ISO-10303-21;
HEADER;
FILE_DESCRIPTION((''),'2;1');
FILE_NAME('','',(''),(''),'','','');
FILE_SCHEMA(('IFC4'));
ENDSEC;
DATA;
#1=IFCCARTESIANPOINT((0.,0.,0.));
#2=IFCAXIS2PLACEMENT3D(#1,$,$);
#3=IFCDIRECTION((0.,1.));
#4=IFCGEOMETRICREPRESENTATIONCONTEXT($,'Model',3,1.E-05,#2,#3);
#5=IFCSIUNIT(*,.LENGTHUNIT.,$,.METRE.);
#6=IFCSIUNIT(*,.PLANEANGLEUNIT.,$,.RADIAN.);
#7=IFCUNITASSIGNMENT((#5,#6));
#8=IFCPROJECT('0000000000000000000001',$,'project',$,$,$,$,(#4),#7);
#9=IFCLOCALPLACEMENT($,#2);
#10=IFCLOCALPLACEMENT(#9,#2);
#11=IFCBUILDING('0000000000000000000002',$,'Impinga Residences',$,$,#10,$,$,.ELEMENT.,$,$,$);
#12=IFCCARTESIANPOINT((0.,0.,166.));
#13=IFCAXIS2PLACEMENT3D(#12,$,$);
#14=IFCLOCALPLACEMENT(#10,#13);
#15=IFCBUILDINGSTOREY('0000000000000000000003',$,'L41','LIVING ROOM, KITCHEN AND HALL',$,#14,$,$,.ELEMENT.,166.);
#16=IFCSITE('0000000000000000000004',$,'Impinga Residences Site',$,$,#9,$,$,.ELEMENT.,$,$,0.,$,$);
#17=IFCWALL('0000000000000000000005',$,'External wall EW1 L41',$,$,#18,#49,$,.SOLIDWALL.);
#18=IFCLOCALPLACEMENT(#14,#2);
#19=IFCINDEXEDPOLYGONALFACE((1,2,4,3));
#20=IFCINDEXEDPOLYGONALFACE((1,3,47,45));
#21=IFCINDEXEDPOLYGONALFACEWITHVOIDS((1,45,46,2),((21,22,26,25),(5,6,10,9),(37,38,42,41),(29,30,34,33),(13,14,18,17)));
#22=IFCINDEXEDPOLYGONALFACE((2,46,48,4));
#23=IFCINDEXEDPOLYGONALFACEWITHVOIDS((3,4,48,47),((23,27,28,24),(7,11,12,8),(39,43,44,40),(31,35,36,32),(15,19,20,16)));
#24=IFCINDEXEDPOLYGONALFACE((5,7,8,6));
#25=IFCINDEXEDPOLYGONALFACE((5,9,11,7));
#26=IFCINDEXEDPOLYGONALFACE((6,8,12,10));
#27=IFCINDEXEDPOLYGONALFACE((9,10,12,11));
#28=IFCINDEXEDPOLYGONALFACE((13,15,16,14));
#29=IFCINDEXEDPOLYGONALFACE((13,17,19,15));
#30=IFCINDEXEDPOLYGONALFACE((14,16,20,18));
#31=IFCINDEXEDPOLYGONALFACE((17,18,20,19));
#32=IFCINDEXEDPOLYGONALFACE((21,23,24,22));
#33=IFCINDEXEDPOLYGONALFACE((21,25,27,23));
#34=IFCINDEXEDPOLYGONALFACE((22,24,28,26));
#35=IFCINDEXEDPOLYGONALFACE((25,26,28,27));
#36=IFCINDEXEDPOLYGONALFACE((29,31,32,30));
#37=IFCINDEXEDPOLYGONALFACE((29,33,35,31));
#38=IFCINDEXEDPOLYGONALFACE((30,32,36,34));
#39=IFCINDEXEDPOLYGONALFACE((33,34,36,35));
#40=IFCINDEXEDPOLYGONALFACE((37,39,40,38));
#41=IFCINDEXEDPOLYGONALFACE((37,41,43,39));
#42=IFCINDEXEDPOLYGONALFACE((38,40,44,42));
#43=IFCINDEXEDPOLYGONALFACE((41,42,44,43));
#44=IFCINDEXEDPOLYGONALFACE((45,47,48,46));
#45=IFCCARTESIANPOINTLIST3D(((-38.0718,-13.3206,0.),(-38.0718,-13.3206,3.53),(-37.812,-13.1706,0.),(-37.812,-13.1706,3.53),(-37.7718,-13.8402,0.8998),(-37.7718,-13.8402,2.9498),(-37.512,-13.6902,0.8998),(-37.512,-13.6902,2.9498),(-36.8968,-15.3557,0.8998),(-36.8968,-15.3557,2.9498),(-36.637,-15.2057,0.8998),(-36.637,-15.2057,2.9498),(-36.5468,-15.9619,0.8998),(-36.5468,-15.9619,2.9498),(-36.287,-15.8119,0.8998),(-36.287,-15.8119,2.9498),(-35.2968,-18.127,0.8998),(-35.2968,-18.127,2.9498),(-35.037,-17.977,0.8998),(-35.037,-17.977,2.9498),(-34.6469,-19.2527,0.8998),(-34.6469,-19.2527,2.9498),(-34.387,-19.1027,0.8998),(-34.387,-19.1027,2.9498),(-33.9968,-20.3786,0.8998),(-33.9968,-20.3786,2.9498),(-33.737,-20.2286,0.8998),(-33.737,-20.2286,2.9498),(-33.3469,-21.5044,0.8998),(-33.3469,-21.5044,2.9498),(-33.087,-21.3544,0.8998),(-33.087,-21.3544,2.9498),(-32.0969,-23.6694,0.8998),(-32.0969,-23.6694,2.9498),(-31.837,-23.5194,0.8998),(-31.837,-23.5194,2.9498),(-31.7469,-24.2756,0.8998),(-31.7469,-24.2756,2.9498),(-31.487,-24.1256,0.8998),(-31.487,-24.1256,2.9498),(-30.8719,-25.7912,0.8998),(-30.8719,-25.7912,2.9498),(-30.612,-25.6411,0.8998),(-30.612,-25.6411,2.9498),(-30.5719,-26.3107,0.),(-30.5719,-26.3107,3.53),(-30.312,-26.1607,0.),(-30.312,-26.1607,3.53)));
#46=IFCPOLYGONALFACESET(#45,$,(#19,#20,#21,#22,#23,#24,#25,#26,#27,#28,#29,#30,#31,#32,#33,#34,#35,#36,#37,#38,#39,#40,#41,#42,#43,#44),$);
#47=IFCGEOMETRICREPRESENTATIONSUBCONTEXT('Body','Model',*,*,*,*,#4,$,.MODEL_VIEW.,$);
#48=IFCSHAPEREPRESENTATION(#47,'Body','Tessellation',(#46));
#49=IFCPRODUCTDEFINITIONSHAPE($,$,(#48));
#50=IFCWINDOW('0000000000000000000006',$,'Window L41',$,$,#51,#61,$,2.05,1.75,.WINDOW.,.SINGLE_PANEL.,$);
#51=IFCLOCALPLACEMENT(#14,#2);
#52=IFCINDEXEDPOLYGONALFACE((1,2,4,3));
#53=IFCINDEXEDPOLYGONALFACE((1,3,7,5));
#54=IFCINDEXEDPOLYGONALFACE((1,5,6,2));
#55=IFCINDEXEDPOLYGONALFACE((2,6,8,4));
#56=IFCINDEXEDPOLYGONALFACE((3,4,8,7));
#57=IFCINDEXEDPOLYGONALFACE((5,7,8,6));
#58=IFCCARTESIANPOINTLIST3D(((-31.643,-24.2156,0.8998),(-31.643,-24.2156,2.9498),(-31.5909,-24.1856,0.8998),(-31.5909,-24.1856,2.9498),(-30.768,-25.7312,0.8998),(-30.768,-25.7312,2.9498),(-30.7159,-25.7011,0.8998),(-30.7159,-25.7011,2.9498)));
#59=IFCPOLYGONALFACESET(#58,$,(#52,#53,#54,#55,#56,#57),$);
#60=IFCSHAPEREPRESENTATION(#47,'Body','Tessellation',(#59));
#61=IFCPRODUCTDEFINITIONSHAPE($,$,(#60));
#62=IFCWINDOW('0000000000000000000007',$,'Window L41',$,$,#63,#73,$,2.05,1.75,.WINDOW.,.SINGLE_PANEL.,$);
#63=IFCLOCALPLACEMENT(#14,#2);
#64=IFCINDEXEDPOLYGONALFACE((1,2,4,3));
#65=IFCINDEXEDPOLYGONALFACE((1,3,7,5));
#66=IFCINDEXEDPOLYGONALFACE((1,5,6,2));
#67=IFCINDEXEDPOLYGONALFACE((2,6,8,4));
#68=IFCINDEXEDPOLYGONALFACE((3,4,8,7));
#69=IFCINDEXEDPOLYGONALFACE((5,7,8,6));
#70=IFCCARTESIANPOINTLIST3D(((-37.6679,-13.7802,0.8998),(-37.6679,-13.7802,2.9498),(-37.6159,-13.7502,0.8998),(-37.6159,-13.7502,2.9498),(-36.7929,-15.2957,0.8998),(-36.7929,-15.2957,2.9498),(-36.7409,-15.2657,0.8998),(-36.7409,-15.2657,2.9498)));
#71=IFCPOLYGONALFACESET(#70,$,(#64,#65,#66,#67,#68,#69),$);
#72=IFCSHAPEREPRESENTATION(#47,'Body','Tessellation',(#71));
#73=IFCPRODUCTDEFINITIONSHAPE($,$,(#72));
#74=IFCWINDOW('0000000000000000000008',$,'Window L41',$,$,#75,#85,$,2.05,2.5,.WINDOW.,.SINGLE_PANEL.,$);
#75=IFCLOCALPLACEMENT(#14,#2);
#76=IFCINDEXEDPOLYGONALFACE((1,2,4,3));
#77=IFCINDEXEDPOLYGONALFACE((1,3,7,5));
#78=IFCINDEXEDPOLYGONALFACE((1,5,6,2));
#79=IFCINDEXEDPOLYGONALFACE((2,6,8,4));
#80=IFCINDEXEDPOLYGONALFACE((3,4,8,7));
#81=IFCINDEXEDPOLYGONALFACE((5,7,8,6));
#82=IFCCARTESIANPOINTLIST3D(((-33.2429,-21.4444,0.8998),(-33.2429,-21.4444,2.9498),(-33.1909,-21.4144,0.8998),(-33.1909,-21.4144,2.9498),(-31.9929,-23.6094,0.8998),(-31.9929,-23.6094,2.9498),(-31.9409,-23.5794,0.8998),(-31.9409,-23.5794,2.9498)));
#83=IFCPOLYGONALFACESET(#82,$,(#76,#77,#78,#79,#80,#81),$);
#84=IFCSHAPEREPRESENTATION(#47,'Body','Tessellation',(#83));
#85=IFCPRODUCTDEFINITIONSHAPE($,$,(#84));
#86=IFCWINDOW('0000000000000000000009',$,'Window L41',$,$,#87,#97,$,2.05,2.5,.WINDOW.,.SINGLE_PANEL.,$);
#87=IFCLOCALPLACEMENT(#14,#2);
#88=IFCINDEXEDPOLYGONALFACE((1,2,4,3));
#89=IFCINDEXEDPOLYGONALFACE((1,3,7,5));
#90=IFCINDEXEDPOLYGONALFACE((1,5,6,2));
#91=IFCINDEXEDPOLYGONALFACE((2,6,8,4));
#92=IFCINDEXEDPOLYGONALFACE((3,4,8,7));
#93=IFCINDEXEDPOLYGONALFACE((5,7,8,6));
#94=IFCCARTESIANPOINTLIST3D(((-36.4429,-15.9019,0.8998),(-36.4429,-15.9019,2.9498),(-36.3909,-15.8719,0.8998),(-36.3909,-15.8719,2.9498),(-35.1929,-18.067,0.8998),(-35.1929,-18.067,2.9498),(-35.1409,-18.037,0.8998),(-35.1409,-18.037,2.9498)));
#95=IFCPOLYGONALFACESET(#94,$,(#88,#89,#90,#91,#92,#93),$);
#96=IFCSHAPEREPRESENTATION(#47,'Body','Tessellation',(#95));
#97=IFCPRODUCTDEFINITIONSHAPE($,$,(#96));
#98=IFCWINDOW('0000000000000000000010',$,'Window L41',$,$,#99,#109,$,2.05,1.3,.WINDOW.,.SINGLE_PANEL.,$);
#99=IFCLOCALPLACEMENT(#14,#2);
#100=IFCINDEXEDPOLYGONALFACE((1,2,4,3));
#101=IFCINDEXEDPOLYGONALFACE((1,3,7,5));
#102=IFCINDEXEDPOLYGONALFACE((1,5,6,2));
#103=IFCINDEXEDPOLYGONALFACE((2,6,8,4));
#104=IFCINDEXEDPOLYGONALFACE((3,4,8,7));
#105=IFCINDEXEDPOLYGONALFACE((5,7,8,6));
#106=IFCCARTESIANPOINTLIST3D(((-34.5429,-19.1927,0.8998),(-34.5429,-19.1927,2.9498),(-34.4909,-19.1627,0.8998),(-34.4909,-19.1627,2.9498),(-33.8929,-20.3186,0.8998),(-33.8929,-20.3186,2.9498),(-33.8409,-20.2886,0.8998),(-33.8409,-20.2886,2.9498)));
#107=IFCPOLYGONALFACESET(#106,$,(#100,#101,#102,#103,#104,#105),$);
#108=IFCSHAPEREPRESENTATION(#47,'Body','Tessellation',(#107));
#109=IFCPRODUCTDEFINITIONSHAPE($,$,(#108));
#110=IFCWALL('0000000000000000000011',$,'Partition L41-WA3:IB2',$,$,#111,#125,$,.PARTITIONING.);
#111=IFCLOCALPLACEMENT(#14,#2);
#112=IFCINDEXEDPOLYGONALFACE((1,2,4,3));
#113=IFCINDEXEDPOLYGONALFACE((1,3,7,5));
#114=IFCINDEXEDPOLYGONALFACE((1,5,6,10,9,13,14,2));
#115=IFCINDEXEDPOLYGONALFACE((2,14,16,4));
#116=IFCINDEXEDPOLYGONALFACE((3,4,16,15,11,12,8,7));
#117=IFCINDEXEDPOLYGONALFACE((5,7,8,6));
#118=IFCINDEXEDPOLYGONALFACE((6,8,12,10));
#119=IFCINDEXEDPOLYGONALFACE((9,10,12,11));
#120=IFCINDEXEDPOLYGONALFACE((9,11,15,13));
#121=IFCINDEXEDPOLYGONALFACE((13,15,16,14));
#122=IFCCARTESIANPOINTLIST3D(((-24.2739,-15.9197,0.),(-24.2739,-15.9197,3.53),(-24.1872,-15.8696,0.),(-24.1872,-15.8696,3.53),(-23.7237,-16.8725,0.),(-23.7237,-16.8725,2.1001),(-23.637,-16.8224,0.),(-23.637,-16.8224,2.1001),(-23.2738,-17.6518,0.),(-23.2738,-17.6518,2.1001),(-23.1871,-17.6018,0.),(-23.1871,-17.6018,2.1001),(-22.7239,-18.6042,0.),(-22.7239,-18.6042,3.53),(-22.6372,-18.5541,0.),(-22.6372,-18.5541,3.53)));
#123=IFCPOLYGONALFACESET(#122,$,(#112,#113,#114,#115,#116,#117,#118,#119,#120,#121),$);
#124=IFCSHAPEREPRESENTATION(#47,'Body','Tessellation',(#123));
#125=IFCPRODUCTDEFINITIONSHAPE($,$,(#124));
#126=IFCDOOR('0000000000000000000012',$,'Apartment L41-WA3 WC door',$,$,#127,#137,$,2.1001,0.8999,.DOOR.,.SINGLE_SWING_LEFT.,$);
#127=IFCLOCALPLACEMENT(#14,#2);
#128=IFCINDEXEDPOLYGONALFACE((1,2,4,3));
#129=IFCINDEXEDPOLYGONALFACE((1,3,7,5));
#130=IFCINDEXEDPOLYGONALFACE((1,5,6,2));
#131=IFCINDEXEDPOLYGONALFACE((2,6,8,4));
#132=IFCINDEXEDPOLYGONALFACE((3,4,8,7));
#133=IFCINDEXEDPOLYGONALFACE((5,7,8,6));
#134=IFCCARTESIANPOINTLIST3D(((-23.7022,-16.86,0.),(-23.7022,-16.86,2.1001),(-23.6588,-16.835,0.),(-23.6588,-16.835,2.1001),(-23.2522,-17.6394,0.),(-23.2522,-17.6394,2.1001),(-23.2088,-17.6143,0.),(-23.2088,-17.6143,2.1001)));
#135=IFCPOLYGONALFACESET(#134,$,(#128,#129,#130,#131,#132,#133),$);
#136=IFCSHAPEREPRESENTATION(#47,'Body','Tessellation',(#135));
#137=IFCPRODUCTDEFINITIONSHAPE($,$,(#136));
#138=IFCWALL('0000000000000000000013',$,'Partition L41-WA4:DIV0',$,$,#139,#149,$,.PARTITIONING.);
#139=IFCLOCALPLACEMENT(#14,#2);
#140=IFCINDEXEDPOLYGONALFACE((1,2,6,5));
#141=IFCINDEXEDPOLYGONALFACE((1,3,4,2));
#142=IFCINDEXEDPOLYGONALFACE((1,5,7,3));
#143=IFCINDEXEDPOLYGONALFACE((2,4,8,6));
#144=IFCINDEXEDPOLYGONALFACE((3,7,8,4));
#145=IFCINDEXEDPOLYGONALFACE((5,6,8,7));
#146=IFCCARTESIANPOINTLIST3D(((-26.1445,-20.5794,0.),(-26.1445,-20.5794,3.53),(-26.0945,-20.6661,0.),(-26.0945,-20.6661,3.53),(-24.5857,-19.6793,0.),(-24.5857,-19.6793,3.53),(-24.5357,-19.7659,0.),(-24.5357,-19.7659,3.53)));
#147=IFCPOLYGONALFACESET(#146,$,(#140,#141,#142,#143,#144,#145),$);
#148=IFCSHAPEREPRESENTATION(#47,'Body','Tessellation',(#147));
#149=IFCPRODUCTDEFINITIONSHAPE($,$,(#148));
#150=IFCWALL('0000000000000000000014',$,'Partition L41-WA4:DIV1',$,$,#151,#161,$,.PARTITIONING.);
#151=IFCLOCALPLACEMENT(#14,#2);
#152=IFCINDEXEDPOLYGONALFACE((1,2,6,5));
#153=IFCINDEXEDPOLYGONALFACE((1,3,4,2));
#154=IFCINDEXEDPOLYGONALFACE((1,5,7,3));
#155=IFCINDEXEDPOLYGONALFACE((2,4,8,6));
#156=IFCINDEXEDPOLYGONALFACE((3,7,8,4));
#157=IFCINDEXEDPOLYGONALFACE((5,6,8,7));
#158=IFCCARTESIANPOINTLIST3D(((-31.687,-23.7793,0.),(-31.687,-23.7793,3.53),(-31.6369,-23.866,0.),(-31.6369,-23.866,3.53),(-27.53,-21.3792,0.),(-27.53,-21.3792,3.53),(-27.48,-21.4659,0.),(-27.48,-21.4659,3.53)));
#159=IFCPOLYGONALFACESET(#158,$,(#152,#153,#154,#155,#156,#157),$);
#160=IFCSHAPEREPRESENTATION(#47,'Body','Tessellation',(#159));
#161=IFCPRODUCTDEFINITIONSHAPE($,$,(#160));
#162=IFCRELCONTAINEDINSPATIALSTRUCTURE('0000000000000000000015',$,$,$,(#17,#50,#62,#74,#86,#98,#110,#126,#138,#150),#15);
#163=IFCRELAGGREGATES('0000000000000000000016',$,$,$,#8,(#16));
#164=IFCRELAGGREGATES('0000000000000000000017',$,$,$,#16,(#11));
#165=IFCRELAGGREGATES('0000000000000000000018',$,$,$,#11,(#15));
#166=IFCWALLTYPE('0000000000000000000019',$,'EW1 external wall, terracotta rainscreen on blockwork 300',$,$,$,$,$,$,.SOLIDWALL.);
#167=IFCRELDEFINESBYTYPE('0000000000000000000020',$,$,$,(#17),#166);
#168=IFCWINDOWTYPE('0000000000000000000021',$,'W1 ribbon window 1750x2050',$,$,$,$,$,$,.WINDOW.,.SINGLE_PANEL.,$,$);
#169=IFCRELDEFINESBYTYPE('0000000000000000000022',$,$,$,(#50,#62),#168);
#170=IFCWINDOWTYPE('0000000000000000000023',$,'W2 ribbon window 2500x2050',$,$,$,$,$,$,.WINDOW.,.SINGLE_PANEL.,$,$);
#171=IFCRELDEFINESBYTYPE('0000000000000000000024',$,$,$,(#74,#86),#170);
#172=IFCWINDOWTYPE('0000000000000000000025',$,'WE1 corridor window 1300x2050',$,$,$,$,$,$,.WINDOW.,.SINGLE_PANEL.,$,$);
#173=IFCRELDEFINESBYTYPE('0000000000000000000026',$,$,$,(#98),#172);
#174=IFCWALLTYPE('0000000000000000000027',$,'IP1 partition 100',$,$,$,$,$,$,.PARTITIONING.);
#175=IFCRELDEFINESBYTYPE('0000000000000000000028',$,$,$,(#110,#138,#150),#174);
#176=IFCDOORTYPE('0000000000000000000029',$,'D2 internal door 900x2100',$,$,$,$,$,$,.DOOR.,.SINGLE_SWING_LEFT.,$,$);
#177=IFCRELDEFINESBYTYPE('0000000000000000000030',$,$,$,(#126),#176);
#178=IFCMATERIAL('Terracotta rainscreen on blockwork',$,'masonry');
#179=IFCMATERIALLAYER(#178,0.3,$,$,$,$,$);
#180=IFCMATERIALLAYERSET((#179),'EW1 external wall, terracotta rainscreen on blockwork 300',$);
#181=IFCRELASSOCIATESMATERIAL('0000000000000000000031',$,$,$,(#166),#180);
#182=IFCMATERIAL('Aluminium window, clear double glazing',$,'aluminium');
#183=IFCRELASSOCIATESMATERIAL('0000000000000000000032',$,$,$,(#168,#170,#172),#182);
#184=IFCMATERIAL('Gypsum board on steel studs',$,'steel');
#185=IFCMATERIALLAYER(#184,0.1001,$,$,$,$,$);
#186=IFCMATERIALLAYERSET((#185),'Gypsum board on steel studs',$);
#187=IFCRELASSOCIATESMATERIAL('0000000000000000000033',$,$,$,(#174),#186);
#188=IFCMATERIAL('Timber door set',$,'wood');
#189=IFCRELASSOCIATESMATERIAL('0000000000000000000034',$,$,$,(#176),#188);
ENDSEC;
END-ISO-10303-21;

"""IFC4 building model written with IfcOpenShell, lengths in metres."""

from ifc_helpers import new_model, si_unit, direction, frame, frame_2d, origin, place, context, subcontext, project, spatial, rectangle, extrude, material, layer, layer_set, type_object, element, fill, save


model = new_model("IFC4")

# Units and contexts
model_context = context("Model", 3, precision=1e-05, world=origin(), true_north=direction((0.0, 1.0)))
body_context = subcontext(model_context, "Body", "Model", "MODEL_VIEW")
ifc_project = project(units=[si_unit("LENGTHUNIT", "METRE"), si_unit("PLANEANGLEUNIT", "RADIAN")], contexts=[model_context])

# Site, building, storey
site_placement = place(None, origin())
site = spatial("IfcSite", under=ifc_project, at=site_placement, Name="Impinga Residences Site", CompositionType="ELEMENT", RefElevation=0.0)
building_placement = place(site_placement, origin())
building = spatial("IfcBuilding", under=site, at=building_placement, Name="Impinga Residences", CompositionType="ELEMENT")
storey_placement = place(building_placement, frame((0.0, 0.0, 166.0)))
storey = spatial("IfcBuildingStorey", under=building, at=storey_placement, Name="L41", Description="LIVING ROOM, KITCHEN AND HALL", CompositionType="ELEMENT", Elevation=166.0)

# Shared definitions
ifc_material_1 = material(Name="Terracotta rainscreen on blockwork", Category="masonry")
ifc_layer_1 = layer(ifc_material_1, 0.3)
ifc_layer_set_1 = layer_set([ifc_layer_1], Name="EW1 external wall, terracotta rainscreen on blockwork 300")
wall_type_1 = type_object("IfcWallType", Name="EW1 external wall, terracotta rainscreen on blockwork 300", PredefinedType="SOLIDWALL", material=ifc_layer_set_1)

# Wall, openings, windows
wall_1_placement = place(storey_placement, frame((-30.4419, -26.2358, 0.0), z_axis=(0.0, 0.0, 1.0), x_axis=(-0.500004, 0.866023, 0.0)))
wall_1 = element("IfcWall", 1, at=wall_1_placement, inside=storey, type_object=wall_type_1, Name="External wall EW1 L41", PredefinedType="SOLIDWALL", context=body_context, shape_type="SweptSolid", body=[
    extrude(rectangle(XDim=14.9998, YDim=0.3, at=frame_2d((7.5, 0.0))), origin(), (0.0, 0.0, 1.0), 3.53),
])
opening_1_placement = place(wall_1_placement, frame((0.6001, 0.0, 0.8999)))
opening_1 = element("IfcOpeningElement", 2, at=opening_1_placement, cuts=wall_1, PredefinedType="OPENING", context=body_context, shape_type="SweptSolid", body=[
    extrude(rectangle(XDim=1.75, YDim=2.05, at=frame_2d((0.875, 1.0249))), frame((0.0, 0.1599, 0.0), z_axis=(0.0, -1.0, 0.0), x_axis=(1.0, 0.0, 0.0)), (0.0, 0.0, 1.0), 0.3201),
])
opening_2_placement = place(wall_1_placement, frame((3.05, 0.0, 0.8999)))
opening_2 = element("IfcOpeningElement", 3, at=opening_2_placement, cuts=wall_1, PredefinedType="OPENING", context=body_context, shape_type="SweptSolid", body=[
    extrude(rectangle(XDim=2.5, YDim=2.05, at=frame_2d((1.25, 1.0249))), frame((0.0, 0.1599, 0.0), z_axis=(0.0, -1.0, 0.0), x_axis=(1.0, 0.0, 0.0)), (0.0, 0.0, 1.0), 0.3201),
])
opening_3_placement = place(wall_1_placement, frame((6.8501, 0.0, 0.8999)))
opening_3 = element("IfcOpeningElement", 4, at=opening_3_placement, cuts=wall_1, PredefinedType="OPENING", context=body_context, shape_type="SweptSolid", body=[
    extrude(rectangle(XDim=1.3, YDim=2.05, at=frame_2d((0.6499, 1.0249))), frame((0.0, 0.1599, 0.0), z_axis=(0.0, -1.0, 0.0), x_axis=(1.0, 0.0, 0.0)), (0.0, 0.0, 1.0), 0.3201),
])
opening_4_placement = place(wall_1_placement, frame((9.45, 0.0, 0.8999)))
opening_4 = element("IfcOpeningElement", 5, at=opening_4_placement, cuts=wall_1, PredefinedType="OPENING", context=body_context, shape_type="SweptSolid", body=[
    extrude(rectangle(XDim=2.5, YDim=2.05, at=frame_2d((1.25, 1.0249))), frame((0.0, 0.1599, 0.0), z_axis=(0.0, -1.0, 0.0), x_axis=(1.0, 0.0, 0.0)), (0.0, 0.0, 1.0), 0.3201),
])
opening_5_placement = place(wall_1_placement, frame((12.6499, 0.0, 0.8999)))
opening_5 = element("IfcOpeningElement", 6, at=opening_5_placement, cuts=wall_1, PredefinedType="OPENING", context=body_context, shape_type="SweptSolid", body=[
    extrude(rectangle(XDim=1.75, YDim=2.05, at=frame_2d((0.875, 1.0249))), frame((0.0, 0.1599, 0.0), z_axis=(0.0, -1.0, 0.0), x_axis=(1.0, 0.0, 0.0)), (0.0, 0.0, 1.0), 0.3201),
])
ifc_material_2 = material(Name="Aluminium window, clear double glazing", Category="aluminium")
window_type_1 = type_object("IfcWindowType", Name="W1 ribbon window 1750x2050", PartitioningType="SINGLE_PANEL", PredefinedType="WINDOW", material=ifc_material_2)
window_1_placement = place(opening_1_placement, origin())
window_1 = element("IfcWindow", 7, at=window_1_placement, inside=storey, type_object=window_type_1, Name="Window L41", OverallHeight=2.05, OverallWidth=1.75, PartitioningType="SINGLE_PANEL", PredefinedType="WINDOW", context=body_context, shape_type="SweptSolid", body=[
    extrude(rectangle(XDim=1.75, YDim=2.05, at=frame_2d((0.875, 1.0249))), frame((0.0, 0.03, 0.0), z_axis=(0.0, -1.0, 0.0), x_axis=(1.0, 0.0, 0.0)), (0.0, 0.0, 1.0), 0.0601),
])
fill(opening_1, window_1)
window_2_placement = place(opening_5_placement, origin())
window_2 = element("IfcWindow", 8, at=window_2_placement, inside=storey, type_object=window_type_1, Name="Window L41", OverallHeight=2.05, OverallWidth=1.75, PartitioningType="SINGLE_PANEL", PredefinedType="WINDOW", context=body_context, shape_type="SweptSolid", body=[
    extrude(rectangle(XDim=1.75, YDim=2.05, at=frame_2d((0.875, 1.0249))), frame((0.0, 0.03, 0.0), z_axis=(0.0, -1.0, 0.0), x_axis=(1.0, 0.0, 0.0)), (0.0, 0.0, 1.0), 0.0601),
])
fill(opening_5, window_2)
window_type_2 = type_object("IfcWindowType", Name="W2 ribbon window 2500x2050", PartitioningType="SINGLE_PANEL", PredefinedType="WINDOW", material=ifc_material_2)
window_3_placement = place(opening_2_placement, origin())
window_3 = element("IfcWindow", 9, at=window_3_placement, inside=storey, type_object=window_type_2, Name="Window L41", OverallHeight=2.05, OverallWidth=2.5, PartitioningType="SINGLE_PANEL", PredefinedType="WINDOW", context=body_context, shape_type="SweptSolid", body=[
    extrude(rectangle(XDim=2.5, YDim=2.05, at=frame_2d((1.25, 1.0249))), frame((0.0, 0.03, 0.0), z_axis=(0.0, -1.0, 0.0), x_axis=(1.0, 0.0, 0.0)), (0.0, 0.0, 1.0), 0.0601),
])
fill(opening_2, window_3)
window_4_placement = place(opening_4_placement, origin())
window_4 = element("IfcWindow", 10, at=window_4_placement, inside=storey, type_object=window_type_2, Name="Window L41", OverallHeight=2.05, OverallWidth=2.5, PartitioningType="SINGLE_PANEL", PredefinedType="WINDOW", context=body_context, shape_type="SweptSolid", body=[
    extrude(rectangle(XDim=2.5, YDim=2.05, at=frame_2d((1.25, 1.0249))), frame((0.0, 0.03, 0.0), z_axis=(0.0, -1.0, 0.0), x_axis=(1.0, 0.0, 0.0)), (0.0, 0.0, 1.0), 0.0601),
])
fill(opening_4, window_4)
window_type_3 = type_object("IfcWindowType", Name="WE1 corridor window 1300x2050", PartitioningType="SINGLE_PANEL", PredefinedType="WINDOW", material=ifc_material_2)
window_5_placement = place(opening_3_placement, origin())
window_5 = element("IfcWindow", 11, at=window_5_placement, inside=storey, type_object=window_type_3, Name="Window L41", OverallHeight=2.05, OverallWidth=1.3, PartitioningType="SINGLE_PANEL", PredefinedType="WINDOW", context=body_context, shape_type="SweptSolid", body=[
    extrude(rectangle(XDim=1.3, YDim=2.05, at=frame_2d((0.6499, 1.0249))), frame((0.0, 0.03, 0.0), z_axis=(0.0, -1.0, 0.0), x_axis=(1.0, 0.0, 0.0)), (0.0, 0.0, 1.0), 0.0601),
])
fill(opening_3, window_5)

# Wall, opening, door
ifc_material_3 = material(Name="Gypsum board on steel studs", Category="steel")
ifc_layer_2 = layer(ifc_material_3, 0.1001)
ifc_layer_set_2 = layer_set([ifc_layer_2], Name="Gypsum board on steel studs")
wall_type_2 = type_object("IfcWallType", Name="IP1 partition 100", PredefinedType="PARTITIONING", material=ifc_layer_set_2)
wall_2_placement = place(storey_placement, frame((-24.2305, -15.8948, 0.0), z_axis=(0.0, 0.0, 1.0), x_axis=(0.500027, -0.86601, 0.0)))
wall_2 = element("IfcWall", 12, at=wall_2_placement, inside=storey, type_object=wall_type_2, Name="Partition L41-WA3:IB2", PredefinedType="PARTITIONING", context=body_context, shape_type="SweptSolid", body=[
    extrude(rectangle(XDim=3.0999, YDim=0.1001, at=frame_2d((1.5498, 0.0))), origin(), (0.0, 0.0, 1.0), 3.53),
])
opening_6_placement = place(wall_2_placement, frame((1.1001, 0.0, 0.0)))
opening_6 = element("IfcOpeningElement", 13, at=opening_6_placement, cuts=wall_2, PredefinedType="OPENING", context=body_context, shape_type="SweptSolid", body=[
    extrude(rectangle(XDim=0.8999, YDim=2.1001, at=frame_2d((0.45, 1.05))), frame((0.0, 0.0601, 0.0), z_axis=(0.0, -1.0, 0.0), x_axis=(1.0, 0.0, 0.0)), (0.0, 0.0, 1.0), 0.1201),
])
ifc_material_4 = material(Name="Timber door set", Category="wood")
door_type = type_object("IfcDoorType", Name="D2 internal door 900x2100", OperationType="SINGLE_SWING_LEFT", PredefinedType="DOOR", material=ifc_material_4)
door_1_placement = place(opening_6_placement, origin())
door_1 = element("IfcDoor", 14, at=door_1_placement, inside=storey, type_object=door_type, Name="Apartment L41-WA3 WC door", OperationType="SINGLE_SWING_LEFT", OverallHeight=2.1001, OverallWidth=0.8999, PredefinedType="DOOR", context=body_context, shape_type="SweptSolid", body=[
    extrude(rectangle(XDim=0.8999, YDim=2.1001, at=frame_2d((0.45, 1.05))), frame((0.0, 0.0249, 0.0), z_axis=(0.0, -1.0, 0.0), x_axis=(1.0, 0.0, 0.0)), (0.0, 0.0, 1.0), 0.05),
])
fill(opening_6, door_1)

# Walls
wall_3_placement = place(storey_placement, frame((-24.5608, -19.7227, 0.0), z_axis=(0.0, 0.0, 1.0), x_axis=(-0.865989, -0.500063, 0.0)))
element("IfcWall", 15, at=wall_3_placement, inside=storey, type_object=wall_type_2, Name="Partition L41-WA4:DIV0", PredefinedType="PARTITIONING", context=body_context, shape_type="SweptSolid", body=[
    extrude(rectangle(XDim=1.8, YDim=0.1001, at=frame_2d((0.8999, 0.0))), origin(), (0.0, 0.0, 1.0), 3.53),
])
wall_4_placement = place(storey_placement, frame((-27.5051, -21.4226, 0.0), z_axis=(0.0, 0.0, 1.0), x_axis=(-0.866015, -0.500017, 0.0)))
element("IfcWall", 16, at=wall_4_placement, inside=storey, type_object=wall_type_2, Name="Partition L41-WA4:DIV1", PredefinedType="PARTITIONING", context=body_context, shape_type="SweptSolid", body=[
    extrude(rectangle(XDim=4.8, YDim=0.1001, at=frame_2d((2.3999, 0.0))), origin(), (0.0, 0.0, 1.0), 3.53),
])

save(model, "model.ifc")
